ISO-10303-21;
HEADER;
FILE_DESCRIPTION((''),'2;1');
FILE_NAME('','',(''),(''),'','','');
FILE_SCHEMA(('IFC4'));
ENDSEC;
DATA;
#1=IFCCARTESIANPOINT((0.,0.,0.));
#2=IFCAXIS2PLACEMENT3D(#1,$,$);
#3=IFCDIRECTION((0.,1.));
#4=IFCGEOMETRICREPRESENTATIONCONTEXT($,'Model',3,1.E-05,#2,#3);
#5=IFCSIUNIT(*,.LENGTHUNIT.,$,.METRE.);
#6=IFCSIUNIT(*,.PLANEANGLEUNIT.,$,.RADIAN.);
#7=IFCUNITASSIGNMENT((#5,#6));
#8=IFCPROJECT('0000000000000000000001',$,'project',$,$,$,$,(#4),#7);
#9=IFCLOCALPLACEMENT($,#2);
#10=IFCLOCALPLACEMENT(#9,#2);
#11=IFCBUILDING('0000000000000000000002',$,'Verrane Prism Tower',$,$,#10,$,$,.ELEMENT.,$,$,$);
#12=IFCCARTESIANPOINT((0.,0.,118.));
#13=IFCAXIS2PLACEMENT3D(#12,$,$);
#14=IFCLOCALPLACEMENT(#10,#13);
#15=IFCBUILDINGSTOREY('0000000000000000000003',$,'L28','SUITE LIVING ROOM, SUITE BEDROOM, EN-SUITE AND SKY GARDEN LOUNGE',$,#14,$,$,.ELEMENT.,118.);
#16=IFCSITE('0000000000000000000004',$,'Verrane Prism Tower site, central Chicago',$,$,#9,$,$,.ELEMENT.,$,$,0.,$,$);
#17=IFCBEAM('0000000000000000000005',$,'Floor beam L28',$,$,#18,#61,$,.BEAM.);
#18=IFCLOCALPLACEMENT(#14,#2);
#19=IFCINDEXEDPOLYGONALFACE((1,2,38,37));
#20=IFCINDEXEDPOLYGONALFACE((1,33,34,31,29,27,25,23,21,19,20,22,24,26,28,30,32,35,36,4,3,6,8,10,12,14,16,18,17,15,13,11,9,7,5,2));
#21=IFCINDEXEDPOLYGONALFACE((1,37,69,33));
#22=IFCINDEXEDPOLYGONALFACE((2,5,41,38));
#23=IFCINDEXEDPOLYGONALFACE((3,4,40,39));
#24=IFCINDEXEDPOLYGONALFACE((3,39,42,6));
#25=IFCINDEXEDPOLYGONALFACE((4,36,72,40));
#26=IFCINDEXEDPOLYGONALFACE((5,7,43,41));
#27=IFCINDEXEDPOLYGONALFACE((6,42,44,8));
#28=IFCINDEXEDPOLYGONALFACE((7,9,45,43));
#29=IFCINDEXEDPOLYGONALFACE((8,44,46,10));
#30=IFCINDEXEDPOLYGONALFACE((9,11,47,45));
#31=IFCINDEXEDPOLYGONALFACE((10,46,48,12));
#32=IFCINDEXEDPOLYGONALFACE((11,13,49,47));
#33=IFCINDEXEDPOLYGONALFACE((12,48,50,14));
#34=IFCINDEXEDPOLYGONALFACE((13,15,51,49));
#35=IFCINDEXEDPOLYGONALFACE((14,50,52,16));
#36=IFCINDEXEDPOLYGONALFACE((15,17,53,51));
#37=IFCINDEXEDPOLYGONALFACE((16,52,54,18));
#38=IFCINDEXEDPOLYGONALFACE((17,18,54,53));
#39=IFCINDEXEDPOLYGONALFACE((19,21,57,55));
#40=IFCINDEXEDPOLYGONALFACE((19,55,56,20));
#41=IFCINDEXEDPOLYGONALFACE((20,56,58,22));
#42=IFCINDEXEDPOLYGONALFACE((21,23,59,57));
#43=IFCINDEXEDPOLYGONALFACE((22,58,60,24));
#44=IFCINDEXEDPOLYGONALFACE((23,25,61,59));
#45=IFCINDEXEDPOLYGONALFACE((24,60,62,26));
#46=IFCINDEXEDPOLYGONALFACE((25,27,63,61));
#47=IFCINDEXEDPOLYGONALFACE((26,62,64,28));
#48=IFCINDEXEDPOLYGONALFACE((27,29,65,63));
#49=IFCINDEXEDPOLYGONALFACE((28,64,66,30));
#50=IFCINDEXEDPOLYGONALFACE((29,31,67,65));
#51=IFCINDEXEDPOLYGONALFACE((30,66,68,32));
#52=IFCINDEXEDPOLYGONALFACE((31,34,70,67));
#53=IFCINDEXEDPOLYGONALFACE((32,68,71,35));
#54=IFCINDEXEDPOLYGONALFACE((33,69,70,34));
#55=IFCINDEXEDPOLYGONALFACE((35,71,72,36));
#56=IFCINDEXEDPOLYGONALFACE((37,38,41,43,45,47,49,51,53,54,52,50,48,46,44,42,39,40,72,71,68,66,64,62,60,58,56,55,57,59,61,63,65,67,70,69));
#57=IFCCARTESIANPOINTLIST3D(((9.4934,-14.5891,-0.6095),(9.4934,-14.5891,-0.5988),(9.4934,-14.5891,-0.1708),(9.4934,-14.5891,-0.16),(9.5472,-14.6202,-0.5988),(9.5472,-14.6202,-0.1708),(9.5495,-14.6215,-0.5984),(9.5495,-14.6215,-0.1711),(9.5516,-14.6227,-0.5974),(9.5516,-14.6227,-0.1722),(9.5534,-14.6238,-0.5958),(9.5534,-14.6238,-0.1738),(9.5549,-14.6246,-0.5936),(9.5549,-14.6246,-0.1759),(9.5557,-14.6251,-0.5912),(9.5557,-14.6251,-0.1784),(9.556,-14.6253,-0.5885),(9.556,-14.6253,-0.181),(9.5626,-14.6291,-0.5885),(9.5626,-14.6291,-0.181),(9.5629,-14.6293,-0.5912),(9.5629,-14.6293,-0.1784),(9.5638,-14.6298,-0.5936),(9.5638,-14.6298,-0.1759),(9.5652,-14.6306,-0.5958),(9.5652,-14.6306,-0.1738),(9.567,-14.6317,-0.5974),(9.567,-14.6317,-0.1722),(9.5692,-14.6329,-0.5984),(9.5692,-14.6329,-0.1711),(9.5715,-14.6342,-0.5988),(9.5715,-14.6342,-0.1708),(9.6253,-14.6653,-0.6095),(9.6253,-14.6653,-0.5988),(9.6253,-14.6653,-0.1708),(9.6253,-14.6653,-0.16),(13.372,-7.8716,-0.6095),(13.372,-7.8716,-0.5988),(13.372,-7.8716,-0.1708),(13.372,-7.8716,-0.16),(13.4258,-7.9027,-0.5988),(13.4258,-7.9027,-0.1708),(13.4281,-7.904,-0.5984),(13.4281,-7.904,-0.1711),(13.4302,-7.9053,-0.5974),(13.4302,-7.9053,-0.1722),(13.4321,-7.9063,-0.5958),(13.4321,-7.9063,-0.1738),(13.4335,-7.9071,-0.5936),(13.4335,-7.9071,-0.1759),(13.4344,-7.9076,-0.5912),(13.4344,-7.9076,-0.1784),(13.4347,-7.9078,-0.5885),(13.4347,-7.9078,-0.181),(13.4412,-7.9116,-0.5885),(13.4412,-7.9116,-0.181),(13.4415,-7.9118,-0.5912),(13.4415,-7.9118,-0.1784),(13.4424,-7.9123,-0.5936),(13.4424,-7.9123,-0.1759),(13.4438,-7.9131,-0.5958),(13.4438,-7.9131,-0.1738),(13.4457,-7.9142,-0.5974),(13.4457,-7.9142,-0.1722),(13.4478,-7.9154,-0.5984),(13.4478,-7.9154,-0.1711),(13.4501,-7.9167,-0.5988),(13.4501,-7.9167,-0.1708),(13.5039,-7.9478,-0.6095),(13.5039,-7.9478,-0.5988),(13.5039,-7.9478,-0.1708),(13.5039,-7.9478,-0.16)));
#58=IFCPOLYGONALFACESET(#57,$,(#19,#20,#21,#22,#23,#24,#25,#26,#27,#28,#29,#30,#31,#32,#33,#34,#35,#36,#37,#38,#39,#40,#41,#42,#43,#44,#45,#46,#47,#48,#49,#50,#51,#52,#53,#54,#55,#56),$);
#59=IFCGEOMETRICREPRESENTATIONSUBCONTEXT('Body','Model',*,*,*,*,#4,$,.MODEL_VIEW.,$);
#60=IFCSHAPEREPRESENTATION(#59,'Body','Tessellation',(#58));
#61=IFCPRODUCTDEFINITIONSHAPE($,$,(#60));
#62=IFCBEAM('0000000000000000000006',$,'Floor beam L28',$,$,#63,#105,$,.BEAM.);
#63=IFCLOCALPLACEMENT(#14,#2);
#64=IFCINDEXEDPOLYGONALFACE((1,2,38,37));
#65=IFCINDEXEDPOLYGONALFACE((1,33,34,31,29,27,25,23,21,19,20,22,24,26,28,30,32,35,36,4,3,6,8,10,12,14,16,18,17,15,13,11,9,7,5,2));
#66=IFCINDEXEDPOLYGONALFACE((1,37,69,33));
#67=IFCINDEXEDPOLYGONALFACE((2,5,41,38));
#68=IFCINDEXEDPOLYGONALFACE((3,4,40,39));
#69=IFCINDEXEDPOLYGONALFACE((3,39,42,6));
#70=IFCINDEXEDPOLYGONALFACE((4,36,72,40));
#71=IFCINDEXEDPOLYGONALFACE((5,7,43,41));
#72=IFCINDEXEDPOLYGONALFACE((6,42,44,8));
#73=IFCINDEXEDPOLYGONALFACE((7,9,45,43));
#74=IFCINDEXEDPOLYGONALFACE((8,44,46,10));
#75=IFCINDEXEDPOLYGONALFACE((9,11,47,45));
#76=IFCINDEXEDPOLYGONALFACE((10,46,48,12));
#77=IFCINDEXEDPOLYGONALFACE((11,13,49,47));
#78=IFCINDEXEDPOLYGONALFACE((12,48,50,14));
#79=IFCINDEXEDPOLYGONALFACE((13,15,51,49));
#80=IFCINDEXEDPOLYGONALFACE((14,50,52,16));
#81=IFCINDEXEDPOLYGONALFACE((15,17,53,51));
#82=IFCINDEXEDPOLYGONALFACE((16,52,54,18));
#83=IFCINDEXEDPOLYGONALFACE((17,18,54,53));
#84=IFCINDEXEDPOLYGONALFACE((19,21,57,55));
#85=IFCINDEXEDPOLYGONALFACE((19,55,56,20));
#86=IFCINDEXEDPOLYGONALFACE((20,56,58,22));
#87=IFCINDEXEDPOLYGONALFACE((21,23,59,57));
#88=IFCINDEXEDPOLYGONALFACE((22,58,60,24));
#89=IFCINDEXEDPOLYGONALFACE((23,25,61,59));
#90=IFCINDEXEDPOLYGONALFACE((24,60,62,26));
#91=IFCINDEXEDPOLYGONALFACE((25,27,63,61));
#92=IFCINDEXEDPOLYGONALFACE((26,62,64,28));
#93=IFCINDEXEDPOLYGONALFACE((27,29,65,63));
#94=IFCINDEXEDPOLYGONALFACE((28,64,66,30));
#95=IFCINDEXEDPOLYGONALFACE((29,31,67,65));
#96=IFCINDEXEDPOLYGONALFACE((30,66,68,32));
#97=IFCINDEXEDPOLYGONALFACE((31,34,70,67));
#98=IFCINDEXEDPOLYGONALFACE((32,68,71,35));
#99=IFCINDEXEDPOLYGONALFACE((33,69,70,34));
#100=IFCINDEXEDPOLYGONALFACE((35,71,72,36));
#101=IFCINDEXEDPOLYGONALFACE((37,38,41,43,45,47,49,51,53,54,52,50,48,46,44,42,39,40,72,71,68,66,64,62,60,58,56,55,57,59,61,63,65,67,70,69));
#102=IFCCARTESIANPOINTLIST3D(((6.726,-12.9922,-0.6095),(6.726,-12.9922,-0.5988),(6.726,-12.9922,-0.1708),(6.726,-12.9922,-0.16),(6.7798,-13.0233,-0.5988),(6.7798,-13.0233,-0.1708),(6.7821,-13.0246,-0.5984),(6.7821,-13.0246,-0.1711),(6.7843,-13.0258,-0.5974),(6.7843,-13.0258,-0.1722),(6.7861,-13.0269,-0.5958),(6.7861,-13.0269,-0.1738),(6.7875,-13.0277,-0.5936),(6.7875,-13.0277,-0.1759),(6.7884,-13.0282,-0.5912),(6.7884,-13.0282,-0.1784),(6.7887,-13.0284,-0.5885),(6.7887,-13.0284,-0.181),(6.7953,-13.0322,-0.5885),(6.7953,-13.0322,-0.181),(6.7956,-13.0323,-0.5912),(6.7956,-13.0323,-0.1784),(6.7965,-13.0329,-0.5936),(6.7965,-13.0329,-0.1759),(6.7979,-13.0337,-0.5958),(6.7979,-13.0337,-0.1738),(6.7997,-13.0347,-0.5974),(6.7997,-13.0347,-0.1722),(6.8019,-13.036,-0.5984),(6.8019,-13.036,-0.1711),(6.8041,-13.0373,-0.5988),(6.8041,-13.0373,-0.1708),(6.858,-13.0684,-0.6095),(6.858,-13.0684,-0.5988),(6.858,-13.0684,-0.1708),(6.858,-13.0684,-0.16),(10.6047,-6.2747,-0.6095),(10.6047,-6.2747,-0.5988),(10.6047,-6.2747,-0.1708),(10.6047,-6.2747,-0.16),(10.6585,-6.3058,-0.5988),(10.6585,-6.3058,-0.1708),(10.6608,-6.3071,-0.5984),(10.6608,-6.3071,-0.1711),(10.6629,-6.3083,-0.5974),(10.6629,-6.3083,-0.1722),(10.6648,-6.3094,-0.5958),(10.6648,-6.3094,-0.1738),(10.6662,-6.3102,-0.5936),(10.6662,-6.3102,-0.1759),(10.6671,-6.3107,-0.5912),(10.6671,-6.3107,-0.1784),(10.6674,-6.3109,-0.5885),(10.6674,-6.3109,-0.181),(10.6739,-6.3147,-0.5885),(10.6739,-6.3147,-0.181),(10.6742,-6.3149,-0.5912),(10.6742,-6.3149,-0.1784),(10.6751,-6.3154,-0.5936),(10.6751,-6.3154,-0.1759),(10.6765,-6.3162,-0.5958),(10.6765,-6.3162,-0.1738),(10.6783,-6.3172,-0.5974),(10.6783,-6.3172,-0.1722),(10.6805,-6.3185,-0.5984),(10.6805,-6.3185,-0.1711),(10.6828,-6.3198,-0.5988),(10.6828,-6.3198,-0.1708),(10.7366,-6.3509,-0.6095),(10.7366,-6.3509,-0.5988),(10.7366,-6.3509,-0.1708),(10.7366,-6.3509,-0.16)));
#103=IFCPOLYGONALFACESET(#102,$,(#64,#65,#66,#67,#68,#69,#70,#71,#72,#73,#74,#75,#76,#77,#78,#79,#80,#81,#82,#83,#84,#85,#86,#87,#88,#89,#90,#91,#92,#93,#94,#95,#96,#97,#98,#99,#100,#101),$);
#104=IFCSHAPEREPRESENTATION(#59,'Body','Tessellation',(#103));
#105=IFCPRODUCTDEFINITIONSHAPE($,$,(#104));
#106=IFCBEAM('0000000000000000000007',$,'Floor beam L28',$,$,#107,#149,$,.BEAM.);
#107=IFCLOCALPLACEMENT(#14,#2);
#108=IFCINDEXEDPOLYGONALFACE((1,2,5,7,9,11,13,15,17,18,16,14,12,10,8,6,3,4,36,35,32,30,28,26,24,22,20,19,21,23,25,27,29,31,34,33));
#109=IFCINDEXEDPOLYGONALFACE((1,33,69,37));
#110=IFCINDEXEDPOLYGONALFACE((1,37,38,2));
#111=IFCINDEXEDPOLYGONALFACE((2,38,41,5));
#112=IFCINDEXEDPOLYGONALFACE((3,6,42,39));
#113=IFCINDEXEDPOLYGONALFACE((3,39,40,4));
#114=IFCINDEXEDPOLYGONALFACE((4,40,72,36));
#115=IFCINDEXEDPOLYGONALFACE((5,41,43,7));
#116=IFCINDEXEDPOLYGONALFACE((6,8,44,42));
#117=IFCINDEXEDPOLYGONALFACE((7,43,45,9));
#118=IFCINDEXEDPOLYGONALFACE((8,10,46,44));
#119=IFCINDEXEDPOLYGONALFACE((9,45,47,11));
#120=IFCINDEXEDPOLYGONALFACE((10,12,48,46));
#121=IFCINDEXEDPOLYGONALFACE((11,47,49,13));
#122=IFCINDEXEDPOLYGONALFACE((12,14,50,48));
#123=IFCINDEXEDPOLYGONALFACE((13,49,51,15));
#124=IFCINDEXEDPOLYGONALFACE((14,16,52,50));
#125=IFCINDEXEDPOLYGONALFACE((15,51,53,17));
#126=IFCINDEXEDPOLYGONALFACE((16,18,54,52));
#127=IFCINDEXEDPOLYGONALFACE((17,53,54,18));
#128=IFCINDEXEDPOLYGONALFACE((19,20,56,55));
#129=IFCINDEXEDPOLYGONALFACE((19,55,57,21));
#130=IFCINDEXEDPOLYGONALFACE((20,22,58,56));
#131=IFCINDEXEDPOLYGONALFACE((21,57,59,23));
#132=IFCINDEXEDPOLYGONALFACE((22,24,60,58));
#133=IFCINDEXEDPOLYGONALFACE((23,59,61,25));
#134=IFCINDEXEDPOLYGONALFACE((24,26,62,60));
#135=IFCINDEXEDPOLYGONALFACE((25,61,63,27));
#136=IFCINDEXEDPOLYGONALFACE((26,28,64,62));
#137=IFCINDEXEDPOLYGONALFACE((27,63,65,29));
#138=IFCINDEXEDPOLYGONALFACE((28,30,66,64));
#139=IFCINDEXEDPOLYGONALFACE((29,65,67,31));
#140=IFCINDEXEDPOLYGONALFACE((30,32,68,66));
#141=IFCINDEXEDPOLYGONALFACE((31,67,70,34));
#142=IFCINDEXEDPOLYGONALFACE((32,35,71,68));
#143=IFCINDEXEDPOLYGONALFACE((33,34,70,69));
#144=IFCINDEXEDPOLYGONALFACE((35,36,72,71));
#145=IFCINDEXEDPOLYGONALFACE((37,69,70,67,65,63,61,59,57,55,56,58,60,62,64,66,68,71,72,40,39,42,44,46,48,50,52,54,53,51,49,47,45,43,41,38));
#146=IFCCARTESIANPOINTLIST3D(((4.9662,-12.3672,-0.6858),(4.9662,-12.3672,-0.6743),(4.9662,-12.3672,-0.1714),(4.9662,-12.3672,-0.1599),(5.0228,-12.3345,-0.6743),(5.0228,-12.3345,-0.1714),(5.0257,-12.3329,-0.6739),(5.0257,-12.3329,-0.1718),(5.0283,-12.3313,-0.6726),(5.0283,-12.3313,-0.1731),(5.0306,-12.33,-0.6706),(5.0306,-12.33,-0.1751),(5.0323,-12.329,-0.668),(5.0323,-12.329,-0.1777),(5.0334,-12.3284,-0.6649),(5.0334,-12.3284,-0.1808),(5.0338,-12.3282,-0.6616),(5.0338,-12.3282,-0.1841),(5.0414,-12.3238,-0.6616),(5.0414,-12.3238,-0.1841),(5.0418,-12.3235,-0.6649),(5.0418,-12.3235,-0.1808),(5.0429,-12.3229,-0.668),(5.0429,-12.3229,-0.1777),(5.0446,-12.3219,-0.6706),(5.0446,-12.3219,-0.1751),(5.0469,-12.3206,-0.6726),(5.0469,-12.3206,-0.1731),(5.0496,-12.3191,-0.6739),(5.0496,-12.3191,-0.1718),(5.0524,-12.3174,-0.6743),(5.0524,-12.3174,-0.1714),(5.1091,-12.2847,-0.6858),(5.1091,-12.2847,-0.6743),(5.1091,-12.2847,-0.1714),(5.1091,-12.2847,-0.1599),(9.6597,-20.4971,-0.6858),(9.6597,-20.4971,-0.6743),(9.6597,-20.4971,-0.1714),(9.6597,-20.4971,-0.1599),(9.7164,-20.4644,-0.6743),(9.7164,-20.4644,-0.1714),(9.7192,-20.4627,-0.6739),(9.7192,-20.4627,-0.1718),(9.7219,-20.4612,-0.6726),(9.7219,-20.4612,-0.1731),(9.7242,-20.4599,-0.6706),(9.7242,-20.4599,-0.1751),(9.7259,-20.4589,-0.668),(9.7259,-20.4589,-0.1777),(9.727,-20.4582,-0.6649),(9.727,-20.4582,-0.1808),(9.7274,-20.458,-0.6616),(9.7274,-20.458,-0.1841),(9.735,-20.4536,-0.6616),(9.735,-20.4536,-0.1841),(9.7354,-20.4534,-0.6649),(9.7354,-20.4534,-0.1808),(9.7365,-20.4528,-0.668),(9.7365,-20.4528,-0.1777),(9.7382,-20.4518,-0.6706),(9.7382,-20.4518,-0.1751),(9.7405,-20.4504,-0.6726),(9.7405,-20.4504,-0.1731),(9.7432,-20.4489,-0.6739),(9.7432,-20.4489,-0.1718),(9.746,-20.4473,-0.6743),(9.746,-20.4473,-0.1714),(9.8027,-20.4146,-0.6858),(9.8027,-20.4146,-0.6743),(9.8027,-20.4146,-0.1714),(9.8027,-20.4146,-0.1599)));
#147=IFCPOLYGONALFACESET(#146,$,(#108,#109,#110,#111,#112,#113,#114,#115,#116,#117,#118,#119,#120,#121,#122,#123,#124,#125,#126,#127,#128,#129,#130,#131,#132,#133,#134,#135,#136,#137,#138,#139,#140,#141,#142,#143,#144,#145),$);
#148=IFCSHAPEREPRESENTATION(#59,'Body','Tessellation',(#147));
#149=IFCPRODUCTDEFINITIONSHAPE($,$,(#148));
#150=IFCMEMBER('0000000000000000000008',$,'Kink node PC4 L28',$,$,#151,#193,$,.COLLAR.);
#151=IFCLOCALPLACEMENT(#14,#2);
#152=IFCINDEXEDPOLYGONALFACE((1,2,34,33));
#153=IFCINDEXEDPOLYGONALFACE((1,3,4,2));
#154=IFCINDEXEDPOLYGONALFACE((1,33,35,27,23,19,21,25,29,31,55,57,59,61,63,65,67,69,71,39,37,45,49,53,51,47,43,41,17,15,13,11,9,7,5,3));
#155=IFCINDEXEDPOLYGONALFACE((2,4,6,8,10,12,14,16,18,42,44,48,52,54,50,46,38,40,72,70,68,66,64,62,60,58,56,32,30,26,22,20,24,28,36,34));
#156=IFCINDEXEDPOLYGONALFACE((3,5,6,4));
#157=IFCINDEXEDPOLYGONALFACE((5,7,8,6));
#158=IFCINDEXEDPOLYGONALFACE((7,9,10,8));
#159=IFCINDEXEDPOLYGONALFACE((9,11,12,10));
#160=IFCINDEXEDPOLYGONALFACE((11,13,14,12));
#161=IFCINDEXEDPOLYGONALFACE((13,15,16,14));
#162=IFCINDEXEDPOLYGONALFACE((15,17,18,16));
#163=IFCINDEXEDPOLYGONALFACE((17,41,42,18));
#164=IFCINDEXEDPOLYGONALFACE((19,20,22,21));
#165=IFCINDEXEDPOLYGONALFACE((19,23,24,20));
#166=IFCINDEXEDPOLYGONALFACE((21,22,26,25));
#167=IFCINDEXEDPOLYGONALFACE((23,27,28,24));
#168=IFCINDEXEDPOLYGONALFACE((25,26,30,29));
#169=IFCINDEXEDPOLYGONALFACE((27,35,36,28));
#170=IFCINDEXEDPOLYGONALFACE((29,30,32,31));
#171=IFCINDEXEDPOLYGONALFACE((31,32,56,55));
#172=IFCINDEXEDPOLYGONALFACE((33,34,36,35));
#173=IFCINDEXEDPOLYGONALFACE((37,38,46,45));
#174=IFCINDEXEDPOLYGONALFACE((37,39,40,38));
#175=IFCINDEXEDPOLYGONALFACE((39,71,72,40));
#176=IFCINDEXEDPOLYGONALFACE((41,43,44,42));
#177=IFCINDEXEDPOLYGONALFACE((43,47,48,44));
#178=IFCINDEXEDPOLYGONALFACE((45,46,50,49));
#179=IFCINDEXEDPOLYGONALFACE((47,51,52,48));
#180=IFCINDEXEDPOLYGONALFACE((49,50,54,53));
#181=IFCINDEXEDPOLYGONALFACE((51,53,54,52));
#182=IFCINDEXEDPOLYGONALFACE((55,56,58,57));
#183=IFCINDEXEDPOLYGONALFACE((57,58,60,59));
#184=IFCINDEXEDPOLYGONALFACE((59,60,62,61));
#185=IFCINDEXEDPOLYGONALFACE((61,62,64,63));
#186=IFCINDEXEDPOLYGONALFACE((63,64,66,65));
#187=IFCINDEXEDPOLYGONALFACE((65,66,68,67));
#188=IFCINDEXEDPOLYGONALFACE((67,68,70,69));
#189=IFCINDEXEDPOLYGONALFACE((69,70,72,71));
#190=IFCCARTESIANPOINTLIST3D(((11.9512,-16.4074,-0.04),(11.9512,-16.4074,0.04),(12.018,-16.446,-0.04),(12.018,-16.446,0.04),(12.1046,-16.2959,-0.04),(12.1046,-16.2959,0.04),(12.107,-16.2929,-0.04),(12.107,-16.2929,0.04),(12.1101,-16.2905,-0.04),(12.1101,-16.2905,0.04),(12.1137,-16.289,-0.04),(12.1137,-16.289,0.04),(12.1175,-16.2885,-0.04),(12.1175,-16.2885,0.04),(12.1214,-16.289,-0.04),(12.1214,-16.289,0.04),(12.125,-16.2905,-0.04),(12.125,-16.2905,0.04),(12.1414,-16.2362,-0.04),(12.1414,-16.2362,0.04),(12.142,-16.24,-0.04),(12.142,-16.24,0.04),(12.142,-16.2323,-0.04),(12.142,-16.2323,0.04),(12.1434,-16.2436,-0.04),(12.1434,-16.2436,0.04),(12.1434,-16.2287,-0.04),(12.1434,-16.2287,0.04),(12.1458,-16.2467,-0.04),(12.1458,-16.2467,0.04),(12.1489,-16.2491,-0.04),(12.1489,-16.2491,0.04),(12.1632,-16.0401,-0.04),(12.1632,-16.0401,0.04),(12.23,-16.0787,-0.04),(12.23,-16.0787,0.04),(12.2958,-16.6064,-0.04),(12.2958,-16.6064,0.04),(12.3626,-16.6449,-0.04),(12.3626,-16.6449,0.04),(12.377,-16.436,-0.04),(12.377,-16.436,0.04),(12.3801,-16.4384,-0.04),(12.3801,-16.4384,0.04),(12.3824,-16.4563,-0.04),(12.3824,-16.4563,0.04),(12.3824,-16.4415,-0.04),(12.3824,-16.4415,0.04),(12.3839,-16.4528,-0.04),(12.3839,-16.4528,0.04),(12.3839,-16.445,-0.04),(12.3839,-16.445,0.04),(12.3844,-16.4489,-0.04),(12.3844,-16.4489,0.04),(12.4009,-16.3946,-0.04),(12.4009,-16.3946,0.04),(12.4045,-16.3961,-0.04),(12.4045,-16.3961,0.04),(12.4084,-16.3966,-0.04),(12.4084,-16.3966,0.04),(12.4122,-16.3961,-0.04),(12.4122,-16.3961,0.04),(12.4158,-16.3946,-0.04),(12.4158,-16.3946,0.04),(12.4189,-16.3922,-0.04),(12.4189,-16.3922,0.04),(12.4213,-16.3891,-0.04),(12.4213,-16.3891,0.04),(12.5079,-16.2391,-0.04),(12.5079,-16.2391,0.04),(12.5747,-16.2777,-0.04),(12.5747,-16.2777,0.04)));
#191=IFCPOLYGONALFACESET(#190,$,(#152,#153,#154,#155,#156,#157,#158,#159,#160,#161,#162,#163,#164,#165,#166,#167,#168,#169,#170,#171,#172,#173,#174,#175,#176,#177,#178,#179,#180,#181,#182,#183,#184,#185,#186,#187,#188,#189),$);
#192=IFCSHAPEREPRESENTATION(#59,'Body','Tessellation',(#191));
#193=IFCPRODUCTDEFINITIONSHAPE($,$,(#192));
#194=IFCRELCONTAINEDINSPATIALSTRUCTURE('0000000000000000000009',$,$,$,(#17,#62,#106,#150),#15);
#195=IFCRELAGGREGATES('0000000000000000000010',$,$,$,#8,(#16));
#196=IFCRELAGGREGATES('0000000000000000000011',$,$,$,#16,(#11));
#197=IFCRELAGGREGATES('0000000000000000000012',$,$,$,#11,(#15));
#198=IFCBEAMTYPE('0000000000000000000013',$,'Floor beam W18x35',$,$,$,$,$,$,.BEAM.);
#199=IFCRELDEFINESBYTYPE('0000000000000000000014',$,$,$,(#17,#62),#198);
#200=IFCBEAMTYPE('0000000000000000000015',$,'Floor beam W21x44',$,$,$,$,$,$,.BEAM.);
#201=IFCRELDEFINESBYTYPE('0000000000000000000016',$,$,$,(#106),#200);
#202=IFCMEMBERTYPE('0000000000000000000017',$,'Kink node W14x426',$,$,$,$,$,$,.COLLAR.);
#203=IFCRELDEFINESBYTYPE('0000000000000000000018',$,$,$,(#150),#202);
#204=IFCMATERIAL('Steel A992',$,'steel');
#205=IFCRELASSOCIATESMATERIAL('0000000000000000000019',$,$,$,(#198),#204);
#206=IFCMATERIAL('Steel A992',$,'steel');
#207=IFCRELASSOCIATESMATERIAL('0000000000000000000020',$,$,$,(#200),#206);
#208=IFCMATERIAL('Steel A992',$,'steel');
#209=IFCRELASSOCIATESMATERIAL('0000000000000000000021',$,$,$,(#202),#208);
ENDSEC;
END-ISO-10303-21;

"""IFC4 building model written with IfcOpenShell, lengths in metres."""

from ifc_helpers import new_model, si_unit, direction, frame, origin, origin_2d, place, context, subcontext, project, spatial, i_section, extrude, material, material_profile, profile_set, type_object, element, save


model = new_model("IFC4")

# Units and contexts
model_context = context("Model", 3, precision=1e-05, world=origin(), true_north=direction((0.0, 1.0)))
body_context = subcontext(model_context, "Body", "Model", "MODEL_VIEW")
ifc_project = project(units=[si_unit("LENGTHUNIT", "METRE"), si_unit("PLANEANGLEUNIT", "RADIAN")], contexts=[model_context])

# Site, building, storey
site_placement = place(None, origin())
site = spatial("IfcSite", under=ifc_project, at=site_placement, Name="Verrane Prism Tower site, central Chicago", CompositionType="ELEMENT", RefElevation=0.0)
building_placement = place(site_placement, origin())
building = spatial("IfcBuilding", under=site, at=building_placement, Name="Verrane Prism Tower", CompositionType="ELEMENT")
storey_placement = place(building_placement, frame((0.0, 0.0, 118.0)))
storey = spatial("IfcBuildingStorey", under=building, at=storey_placement, Name="L28", Description="SUITE LIVING ROOM, SUITE BEDROOM, EN-SUITE AND SKY GARDEN LOUNGE", CompositionType="ELEMENT", Elevation=118.0)

# Beams
ifc_material_1 = material(Name="Steel A992", Category="steel")
ifc_material_profile_1 = material_profile(ifc_material_1, i_section(OverallWidth=0.1523, OverallDepth=0.4495, WebThickness=0.0076, FlangeThickness=0.0107, FilletRadius=0.0103, at=origin_2d()), Name="W18x35")
ifc_profile_set_1 = profile_set([ifc_material_profile_1], Name="Steel A992")
beam_type_1 = type_object("IfcBeamType", Name="Floor beam W18x35", PredefinedType="BEAM", material=ifc_profile_set_1)
for number, where, z_axis, x_axis, name in (
    (1, (9.5593, -14.6272, -0.3848), (0.500028, 0.866009, 0.0), (-0.866009, 0.500028, 0.0), "Floor beam L28"),
    (2, (6.792, -13.0303, -0.3848), (0.500028, 0.866009, 0.0), (-0.866009, 0.500028, 0.0), "Floor beam L28"),
):
    element("IfcBeam", number, at=place(storey_placement, frame(where, z_axis=z_axis, x_axis=x_axis)), inside=storey, type_object=beam_type_1, Name=name, PredefinedType="BEAM", context=body_context, shape_type="SweptSolid", body=[
        extrude(i_section(OverallWidth=0.1523, OverallDepth=0.4495, WebThickness=0.0076, FlangeThickness=0.0107, FilletRadius=0.0103, at=origin_2d()), origin(), (0.0, 0.0, 1.0), 7.7568),
    ])
ifc_material_2 = material(Name="Steel A992", Category="steel")
ifc_material_profile_2 = material_profile(ifc_material_2, i_section(OverallWidth=0.165, OverallDepth=0.5259, WebThickness=0.0088, FlangeThickness=0.0115, FilletRadius=0.0127, at=origin_2d()), Name="W21x44")
ifc_profile_set_2 = profile_set([ifc_material_profile_2], Name="Steel A992")
beam_type_2 = type_object("IfcBeamType", Name="Floor beam W21x44", PredefinedType="BEAM", material=ifc_profile_set_2)
beam_1_placement = place(storey_placement, frame((9.7312, -20.4558, -0.4229), z_axis=(-0.499985, 0.866034, 0.0), x_axis=(-0.866034, -0.499985, 0.0)))
element("IfcBeam", 3, at=beam_1_placement, inside=storey, type_object=beam_type_2, Name="Floor beam L28", PredefinedType="BEAM", context=body_context, shape_type="SweptSolid", body=[
    extrude(i_section(OverallWidth=0.165, OverallDepth=0.5259, WebThickness=0.0088, FlangeThickness=0.0115, FilletRadius=0.0127, at=origin_2d()), origin(), (0.0, 0.0, 1.0), 9.3875),
])

# Member
ifc_material_3 = material(Name="Steel A992", Category="steel")
ifc_material_profile_3 = material_profile(ifc_material_3, i_section(OverallWidth=0.4241, OverallDepth=0.4751, WebThickness=0.0479, FlangeThickness=0.0771, FilletRadius=0.0149, at=origin_2d()), Name="W14x426")
ifc_profile_set_3 = profile_set([ifc_material_profile_3], Name="Steel A992")
member_type_1 = type_object("IfcMemberType", Name="Kink node W14x426", PredefinedType="COLLAR", material=ifc_profile_set_3)
member_1_placement = place(storey_placement, frame((12.2629, -16.3425, -0.04), z_axis=(0.0, 0.0, 1.0), x_axis=(-0.5, -0.866025, 0.0)))
element("IfcMember", 4, at=member_1_placement, inside=storey, type_object=member_type_1, Name="Kink node PC4 L28", PredefinedType="COLLAR", context=body_context, shape_type="SweptSolid", body=[
    extrude(i_section(OverallWidth=0.4241, OverallDepth=0.4751, WebThickness=0.0479, FlangeThickness=0.0771, FilletRadius=0.0149, at=origin_2d()), origin(), (0.0, 0.0, 1.0), 0.0801),
])

save(model, "model.ifc")
